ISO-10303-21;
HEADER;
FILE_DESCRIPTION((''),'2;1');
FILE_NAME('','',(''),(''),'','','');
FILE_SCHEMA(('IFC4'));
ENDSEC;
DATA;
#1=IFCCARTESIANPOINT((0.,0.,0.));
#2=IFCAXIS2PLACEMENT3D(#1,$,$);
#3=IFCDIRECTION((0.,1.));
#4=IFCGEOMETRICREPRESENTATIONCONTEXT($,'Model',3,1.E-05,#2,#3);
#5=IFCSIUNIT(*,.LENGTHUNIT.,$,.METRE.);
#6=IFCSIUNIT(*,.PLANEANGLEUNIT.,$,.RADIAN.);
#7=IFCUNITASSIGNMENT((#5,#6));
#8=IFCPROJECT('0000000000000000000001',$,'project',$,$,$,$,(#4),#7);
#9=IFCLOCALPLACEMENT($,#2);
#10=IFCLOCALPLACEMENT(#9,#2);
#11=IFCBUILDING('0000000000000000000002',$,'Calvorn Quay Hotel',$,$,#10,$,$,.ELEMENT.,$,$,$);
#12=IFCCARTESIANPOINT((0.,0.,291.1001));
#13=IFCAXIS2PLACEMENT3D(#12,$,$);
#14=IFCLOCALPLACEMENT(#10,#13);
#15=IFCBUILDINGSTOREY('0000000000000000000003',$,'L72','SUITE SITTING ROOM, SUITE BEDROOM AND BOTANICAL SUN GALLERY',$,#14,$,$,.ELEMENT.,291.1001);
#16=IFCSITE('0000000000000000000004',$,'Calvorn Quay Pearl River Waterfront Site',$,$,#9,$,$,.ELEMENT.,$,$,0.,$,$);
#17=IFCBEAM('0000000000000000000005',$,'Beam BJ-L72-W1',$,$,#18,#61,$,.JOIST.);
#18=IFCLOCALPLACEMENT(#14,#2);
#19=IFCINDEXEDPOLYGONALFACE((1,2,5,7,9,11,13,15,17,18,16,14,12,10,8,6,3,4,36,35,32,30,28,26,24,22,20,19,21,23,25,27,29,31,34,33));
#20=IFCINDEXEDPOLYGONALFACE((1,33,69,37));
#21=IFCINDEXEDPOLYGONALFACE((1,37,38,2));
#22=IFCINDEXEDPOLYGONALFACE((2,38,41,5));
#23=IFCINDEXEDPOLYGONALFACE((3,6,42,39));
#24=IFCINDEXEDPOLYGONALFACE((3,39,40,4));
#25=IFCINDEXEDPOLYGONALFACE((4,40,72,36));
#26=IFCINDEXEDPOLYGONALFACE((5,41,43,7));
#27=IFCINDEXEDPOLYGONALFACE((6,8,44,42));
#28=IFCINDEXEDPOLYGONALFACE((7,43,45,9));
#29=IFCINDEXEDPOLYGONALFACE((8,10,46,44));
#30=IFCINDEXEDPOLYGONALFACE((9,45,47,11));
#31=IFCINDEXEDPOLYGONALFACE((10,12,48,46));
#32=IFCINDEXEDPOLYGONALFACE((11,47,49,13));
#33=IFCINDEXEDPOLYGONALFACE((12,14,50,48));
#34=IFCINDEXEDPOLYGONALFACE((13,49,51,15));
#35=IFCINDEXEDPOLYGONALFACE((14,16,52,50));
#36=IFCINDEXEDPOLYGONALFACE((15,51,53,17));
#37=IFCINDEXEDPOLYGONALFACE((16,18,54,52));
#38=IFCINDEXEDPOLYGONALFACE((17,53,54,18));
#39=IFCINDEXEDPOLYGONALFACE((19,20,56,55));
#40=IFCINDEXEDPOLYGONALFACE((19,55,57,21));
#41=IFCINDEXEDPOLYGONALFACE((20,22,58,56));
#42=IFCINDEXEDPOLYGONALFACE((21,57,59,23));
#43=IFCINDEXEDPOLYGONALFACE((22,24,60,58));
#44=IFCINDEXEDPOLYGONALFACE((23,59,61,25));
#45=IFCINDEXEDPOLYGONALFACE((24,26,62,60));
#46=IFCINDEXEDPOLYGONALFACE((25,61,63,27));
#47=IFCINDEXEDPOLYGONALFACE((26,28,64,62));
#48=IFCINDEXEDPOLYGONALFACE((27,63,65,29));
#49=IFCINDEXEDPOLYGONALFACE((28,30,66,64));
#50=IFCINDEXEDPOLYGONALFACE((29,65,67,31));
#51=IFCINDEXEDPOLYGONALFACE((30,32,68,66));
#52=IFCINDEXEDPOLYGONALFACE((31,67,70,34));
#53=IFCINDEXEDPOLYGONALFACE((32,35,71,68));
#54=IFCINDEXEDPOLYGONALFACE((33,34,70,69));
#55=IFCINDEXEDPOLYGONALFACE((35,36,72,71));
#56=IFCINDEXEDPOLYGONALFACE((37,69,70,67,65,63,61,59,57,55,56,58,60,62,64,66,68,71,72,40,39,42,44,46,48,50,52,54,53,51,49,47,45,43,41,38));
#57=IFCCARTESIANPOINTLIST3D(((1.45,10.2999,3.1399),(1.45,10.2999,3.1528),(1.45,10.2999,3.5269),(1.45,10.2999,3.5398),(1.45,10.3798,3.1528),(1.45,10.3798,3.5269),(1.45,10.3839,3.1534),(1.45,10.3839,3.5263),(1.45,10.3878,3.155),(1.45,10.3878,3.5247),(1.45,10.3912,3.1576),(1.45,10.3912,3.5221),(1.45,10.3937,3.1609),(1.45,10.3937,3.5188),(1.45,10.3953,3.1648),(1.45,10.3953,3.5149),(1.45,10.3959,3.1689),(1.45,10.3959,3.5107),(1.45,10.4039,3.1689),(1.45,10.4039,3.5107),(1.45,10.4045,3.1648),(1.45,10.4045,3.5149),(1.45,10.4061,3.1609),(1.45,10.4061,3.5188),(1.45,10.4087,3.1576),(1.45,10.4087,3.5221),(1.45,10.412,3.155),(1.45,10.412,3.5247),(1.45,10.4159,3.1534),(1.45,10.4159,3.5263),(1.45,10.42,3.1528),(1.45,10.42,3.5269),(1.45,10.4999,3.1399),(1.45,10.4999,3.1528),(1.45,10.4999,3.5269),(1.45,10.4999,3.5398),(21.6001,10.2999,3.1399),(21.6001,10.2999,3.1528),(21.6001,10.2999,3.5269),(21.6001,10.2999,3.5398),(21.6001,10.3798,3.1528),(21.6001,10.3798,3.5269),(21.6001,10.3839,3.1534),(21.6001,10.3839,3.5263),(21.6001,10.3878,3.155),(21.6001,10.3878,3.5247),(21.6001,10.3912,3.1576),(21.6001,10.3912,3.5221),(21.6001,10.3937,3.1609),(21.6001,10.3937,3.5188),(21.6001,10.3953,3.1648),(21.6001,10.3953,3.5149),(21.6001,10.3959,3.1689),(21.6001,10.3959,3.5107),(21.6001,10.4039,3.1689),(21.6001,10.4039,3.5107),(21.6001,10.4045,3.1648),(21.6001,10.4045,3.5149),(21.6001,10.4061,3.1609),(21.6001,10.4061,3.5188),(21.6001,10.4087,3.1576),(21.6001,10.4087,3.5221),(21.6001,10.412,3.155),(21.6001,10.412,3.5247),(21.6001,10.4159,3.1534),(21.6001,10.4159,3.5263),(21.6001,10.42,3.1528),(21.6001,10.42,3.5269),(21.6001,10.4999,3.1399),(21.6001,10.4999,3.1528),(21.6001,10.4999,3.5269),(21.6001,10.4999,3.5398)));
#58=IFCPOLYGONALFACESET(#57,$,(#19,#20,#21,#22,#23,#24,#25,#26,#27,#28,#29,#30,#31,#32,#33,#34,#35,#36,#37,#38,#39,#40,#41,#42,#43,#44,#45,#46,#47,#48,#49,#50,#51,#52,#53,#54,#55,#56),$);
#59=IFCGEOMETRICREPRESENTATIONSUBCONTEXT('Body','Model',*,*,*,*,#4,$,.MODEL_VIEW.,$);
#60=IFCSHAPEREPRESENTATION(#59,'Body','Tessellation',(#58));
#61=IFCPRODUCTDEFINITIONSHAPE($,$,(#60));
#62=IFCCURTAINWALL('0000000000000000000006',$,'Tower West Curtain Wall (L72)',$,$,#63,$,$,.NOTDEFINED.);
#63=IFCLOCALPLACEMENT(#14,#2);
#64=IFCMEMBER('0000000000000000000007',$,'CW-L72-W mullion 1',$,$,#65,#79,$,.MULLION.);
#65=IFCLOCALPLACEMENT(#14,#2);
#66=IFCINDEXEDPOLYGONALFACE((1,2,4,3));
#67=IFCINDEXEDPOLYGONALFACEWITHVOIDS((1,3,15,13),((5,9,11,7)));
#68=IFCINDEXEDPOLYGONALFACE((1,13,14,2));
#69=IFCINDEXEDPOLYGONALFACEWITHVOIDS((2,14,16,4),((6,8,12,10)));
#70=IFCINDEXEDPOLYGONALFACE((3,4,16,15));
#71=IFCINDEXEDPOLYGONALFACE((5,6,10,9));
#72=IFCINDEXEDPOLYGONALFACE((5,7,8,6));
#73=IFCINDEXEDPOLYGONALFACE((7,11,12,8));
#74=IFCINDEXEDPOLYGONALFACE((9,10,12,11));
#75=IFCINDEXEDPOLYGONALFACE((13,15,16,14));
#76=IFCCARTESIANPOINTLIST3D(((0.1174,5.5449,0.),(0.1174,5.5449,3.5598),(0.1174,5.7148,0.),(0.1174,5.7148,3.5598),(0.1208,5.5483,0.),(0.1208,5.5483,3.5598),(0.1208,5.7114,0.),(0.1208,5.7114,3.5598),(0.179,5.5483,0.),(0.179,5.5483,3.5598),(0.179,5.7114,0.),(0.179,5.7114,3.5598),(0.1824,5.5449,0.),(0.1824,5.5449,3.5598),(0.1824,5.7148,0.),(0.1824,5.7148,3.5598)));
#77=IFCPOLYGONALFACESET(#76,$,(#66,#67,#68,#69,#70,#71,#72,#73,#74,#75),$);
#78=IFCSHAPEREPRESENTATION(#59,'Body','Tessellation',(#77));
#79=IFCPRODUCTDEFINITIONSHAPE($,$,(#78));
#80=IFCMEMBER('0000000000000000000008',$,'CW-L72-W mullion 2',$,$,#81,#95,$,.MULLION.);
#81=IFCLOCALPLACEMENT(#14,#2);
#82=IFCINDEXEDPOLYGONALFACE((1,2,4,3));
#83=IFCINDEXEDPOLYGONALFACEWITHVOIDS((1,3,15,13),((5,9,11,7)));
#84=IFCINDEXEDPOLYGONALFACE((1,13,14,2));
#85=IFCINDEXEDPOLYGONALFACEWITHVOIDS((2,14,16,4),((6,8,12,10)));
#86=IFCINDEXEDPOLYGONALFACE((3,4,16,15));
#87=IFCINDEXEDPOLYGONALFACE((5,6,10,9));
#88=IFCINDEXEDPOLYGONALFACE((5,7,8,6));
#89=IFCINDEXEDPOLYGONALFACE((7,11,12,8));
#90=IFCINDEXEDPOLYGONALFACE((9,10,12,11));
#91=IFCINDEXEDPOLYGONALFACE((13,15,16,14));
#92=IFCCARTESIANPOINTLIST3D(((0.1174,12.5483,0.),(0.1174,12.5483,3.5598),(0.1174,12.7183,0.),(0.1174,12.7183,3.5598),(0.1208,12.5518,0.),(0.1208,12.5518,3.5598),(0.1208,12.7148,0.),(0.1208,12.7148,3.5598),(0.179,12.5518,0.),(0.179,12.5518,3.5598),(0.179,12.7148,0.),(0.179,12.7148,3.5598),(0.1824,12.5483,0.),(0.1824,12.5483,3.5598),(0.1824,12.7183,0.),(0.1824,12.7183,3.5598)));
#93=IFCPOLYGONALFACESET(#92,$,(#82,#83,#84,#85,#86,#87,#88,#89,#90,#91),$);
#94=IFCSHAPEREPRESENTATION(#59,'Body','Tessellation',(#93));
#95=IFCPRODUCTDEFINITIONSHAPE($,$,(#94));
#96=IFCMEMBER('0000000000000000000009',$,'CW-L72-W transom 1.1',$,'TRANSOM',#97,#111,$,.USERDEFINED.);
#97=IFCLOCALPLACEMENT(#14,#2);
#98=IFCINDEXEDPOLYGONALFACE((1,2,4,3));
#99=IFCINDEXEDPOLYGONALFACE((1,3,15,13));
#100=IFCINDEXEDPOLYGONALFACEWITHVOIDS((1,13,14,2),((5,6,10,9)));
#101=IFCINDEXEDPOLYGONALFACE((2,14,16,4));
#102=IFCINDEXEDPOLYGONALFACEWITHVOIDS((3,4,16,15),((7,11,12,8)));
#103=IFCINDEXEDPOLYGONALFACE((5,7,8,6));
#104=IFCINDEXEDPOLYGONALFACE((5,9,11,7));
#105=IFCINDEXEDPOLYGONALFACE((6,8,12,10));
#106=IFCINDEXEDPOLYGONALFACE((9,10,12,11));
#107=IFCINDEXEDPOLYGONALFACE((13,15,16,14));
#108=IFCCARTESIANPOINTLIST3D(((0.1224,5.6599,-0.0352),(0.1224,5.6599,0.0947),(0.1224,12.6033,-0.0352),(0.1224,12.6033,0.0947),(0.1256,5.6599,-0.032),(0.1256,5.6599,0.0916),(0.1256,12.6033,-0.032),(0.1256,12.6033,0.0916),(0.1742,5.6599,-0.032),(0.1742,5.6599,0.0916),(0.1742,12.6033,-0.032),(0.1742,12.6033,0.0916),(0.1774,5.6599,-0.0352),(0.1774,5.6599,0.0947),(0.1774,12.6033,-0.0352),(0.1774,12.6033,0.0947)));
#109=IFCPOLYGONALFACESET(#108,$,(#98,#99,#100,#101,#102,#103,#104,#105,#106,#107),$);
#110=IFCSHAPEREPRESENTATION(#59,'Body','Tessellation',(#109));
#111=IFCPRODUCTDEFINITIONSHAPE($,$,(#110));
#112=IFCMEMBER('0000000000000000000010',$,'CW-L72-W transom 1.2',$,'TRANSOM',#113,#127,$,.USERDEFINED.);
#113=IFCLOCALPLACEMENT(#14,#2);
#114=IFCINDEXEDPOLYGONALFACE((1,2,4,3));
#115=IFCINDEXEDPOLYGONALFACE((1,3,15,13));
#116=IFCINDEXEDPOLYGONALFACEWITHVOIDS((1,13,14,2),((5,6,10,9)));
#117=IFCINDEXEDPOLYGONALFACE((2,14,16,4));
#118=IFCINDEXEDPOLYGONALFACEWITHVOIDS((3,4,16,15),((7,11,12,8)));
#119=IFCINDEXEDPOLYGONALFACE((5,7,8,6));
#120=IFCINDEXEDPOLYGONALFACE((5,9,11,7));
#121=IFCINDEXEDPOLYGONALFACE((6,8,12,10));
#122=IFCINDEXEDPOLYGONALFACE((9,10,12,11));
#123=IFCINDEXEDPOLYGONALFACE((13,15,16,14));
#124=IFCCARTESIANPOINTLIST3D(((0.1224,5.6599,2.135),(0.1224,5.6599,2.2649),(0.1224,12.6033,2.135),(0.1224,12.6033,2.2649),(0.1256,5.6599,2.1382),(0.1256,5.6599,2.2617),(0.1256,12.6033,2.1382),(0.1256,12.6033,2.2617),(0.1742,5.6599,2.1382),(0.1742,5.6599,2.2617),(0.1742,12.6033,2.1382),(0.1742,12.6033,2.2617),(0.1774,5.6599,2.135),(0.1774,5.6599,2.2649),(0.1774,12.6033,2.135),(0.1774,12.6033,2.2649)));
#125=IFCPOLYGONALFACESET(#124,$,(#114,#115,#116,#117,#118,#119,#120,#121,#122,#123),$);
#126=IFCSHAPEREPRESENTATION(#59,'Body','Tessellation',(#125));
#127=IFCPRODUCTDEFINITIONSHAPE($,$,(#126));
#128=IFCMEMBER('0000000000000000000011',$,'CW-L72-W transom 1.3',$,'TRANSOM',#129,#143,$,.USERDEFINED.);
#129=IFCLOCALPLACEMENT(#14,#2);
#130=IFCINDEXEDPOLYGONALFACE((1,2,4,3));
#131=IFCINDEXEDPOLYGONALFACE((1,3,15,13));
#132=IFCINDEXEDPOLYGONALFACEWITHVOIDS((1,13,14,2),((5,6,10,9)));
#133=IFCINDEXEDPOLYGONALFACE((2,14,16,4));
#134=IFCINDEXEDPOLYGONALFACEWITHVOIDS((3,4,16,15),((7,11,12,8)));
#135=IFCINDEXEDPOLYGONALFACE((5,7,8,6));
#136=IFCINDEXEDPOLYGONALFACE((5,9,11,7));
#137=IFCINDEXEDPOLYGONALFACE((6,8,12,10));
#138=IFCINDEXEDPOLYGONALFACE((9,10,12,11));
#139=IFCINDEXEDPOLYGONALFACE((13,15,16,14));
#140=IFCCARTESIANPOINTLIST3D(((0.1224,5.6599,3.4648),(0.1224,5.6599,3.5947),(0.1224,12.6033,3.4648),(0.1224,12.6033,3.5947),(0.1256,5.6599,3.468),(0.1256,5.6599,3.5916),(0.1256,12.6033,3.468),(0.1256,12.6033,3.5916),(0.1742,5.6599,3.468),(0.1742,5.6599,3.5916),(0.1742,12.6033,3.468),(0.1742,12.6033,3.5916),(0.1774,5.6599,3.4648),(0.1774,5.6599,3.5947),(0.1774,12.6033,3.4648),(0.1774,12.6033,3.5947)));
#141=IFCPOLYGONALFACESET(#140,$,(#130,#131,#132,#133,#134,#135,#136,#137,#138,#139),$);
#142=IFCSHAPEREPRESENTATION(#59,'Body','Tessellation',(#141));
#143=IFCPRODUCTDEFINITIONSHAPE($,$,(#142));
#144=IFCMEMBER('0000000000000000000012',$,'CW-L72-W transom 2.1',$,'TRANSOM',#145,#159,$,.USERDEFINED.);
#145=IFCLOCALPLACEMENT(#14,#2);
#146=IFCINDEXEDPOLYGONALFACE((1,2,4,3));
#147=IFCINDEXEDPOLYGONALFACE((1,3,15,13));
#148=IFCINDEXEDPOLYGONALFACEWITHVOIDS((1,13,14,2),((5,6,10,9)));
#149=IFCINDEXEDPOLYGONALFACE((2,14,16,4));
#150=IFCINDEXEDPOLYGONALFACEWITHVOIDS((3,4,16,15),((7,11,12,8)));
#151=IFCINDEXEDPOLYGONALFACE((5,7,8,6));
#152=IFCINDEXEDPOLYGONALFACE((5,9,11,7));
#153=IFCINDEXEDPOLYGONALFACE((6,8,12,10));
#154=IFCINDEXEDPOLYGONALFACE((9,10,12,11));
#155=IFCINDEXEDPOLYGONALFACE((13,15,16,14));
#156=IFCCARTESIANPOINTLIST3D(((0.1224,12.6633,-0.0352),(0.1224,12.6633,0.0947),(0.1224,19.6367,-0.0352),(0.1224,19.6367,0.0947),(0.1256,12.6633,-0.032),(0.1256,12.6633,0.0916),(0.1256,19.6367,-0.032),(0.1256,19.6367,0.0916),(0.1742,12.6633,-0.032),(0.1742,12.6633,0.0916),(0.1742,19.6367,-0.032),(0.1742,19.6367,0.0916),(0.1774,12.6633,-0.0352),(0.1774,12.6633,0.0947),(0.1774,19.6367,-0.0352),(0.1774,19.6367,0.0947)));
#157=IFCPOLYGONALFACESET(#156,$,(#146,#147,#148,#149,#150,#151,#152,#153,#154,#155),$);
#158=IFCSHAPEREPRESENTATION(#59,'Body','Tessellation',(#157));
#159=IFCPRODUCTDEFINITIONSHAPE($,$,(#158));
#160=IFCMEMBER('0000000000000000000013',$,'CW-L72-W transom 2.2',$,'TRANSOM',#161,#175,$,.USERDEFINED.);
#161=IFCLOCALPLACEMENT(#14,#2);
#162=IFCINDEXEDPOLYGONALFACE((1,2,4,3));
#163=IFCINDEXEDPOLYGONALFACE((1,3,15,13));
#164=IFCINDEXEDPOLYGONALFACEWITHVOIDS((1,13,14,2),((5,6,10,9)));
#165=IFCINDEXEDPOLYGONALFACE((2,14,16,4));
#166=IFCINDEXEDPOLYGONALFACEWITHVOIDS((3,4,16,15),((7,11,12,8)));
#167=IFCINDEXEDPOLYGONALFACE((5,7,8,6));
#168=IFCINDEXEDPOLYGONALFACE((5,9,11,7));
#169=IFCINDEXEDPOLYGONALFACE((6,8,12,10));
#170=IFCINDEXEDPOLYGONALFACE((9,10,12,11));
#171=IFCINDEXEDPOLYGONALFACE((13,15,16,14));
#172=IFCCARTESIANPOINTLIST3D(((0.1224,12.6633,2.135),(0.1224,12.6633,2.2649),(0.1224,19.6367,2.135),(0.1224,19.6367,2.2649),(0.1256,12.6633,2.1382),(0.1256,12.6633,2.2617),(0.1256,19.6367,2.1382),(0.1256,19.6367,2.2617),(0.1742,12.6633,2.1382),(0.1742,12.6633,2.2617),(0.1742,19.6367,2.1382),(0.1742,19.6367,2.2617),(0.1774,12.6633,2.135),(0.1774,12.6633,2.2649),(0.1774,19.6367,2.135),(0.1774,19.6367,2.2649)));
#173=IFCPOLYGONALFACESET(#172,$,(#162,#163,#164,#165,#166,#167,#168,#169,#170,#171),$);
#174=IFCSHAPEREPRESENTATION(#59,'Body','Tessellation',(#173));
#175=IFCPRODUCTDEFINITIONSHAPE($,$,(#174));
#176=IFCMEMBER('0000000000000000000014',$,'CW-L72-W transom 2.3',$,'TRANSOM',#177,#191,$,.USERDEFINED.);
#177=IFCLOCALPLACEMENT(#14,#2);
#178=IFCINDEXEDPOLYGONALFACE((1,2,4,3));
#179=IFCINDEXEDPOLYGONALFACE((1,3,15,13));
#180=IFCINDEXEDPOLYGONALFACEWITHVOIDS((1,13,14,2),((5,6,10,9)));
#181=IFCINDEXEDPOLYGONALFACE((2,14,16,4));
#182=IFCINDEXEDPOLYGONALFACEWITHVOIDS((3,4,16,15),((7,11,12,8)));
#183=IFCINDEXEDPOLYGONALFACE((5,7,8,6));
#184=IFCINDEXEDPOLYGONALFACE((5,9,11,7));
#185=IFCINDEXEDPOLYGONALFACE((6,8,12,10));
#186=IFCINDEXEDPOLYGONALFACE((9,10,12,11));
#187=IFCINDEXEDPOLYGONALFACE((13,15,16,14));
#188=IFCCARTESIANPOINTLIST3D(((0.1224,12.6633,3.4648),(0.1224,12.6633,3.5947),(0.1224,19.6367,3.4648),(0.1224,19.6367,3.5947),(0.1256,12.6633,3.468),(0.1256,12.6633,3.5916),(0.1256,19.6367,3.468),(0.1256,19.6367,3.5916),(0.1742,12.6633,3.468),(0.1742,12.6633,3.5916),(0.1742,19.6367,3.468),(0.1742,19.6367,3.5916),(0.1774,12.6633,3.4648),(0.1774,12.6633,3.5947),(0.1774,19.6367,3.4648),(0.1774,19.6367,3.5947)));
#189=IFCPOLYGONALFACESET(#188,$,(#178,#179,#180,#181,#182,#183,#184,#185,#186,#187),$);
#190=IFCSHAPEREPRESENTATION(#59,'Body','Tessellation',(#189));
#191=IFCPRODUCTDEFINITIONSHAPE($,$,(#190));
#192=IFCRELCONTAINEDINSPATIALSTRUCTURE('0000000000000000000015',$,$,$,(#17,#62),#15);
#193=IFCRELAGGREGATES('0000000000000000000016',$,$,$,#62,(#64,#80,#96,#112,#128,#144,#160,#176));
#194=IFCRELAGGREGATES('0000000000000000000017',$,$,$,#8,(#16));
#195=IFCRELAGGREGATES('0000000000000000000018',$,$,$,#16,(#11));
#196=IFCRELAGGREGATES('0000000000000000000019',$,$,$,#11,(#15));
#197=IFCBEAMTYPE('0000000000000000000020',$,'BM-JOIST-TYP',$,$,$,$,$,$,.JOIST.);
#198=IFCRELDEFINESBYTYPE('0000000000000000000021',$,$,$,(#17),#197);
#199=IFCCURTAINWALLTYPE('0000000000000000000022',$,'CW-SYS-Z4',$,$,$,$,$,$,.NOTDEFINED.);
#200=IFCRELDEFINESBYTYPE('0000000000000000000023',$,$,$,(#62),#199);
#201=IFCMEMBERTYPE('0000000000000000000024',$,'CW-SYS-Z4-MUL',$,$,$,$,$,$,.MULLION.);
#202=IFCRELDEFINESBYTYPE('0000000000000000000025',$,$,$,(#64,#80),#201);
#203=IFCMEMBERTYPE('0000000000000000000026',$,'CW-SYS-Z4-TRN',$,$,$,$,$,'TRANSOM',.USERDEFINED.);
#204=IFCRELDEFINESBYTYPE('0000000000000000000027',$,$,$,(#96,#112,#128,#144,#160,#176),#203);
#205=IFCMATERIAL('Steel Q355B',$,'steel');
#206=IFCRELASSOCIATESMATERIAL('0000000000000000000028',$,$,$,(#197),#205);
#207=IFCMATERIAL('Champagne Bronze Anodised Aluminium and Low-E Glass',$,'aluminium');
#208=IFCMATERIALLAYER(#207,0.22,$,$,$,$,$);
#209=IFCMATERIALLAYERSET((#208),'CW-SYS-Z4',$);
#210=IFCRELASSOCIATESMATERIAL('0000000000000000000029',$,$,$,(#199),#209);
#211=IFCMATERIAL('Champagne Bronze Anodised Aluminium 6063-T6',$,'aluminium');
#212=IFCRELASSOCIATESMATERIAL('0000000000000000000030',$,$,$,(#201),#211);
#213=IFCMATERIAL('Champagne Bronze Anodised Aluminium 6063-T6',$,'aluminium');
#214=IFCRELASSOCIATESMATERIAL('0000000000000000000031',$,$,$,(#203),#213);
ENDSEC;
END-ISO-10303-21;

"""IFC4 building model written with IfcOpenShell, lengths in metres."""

from ifc_helpers import new_model, si_unit, direction, frame, origin, origin_2d, place, context, subcontext, project, spatial, hollow_rectangle, i_section, extrude, material, layer, layer_set, material_profile, profile_set, type_object, element, aggregate, save


model = new_model("IFC4")

# Units and contexts
model_context = context("Model", 3, precision=1e-05, world=origin(), true_north=direction((0.0, 1.0)))
body_context = subcontext(model_context, "Body", "Model", "MODEL_VIEW")
ifc_project = project(units=[si_unit("LENGTHUNIT", "METRE"), si_unit("PLANEANGLEUNIT", "RADIAN")], contexts=[model_context])

# Site, building, storey
site_placement = place(None, origin())
site = spatial("IfcSite", under=ifc_project, at=site_placement, Name="Calvorn Quay Pearl River Waterfront Site", CompositionType="ELEMENT", RefElevation=0.0)
building_placement = place(site_placement, origin())
building = spatial("IfcBuilding", under=site, at=building_placement, Name="Calvorn Quay Hotel", CompositionType="ELEMENT")
storey_placement = place(building_placement, frame((0.0, 0.0, 291.1001)))
storey = spatial("IfcBuildingStorey", under=building, at=storey_placement, Name="L72", Description="SUITE SITTING ROOM, SUITE BEDROOM AND BOTANICAL SUN GALLERY", CompositionType="ELEMENT", Elevation=291.1001)

# Beam
ifc_material_1 = material(Name="Steel Q355B", Category="steel")
ifc_material_profile_1 = material_profile(ifc_material_1, i_section(OverallWidth=0.2, OverallDepth=0.3999, WebThickness=0.0081, FlangeThickness=0.0129, FilletRadius=0.0161, at=origin_2d()), Name="HN400x200x8x13")
ifc_profile_set_1 = profile_set([ifc_material_profile_1], Name="Steel Q355B")
beam_type = type_object("IfcBeamType", Name="BM-JOIST-TYP", PredefinedType="JOIST", material=ifc_profile_set_1)
beam_placement = place(storey_placement, frame((1.45, 10.3999, 3.3398), z_axis=(1.0, 0.0, 0.0), x_axis=(0.0, 1.0, 0.0)))
element("IfcBeam", 1, at=beam_placement, inside=storey, type_object=beam_type, Name="Beam BJ-L72-W1", PredefinedType="JOIST", context=body_context, shape_type="SweptSolid", body=[
    extrude(i_section(OverallWidth=0.2, OverallDepth=0.3999, WebThickness=0.0081, FlangeThickness=0.0129, FilletRadius=0.0161, at=origin_2d()), origin(), (0.0, 0.0, 1.0), 20.1501),
])

# Curtain wall, members
ifc_material_2 = material(Name="Champagne Bronze Anodised Aluminium and Low-E Glass", Category="aluminium")
ifc_layer_1 = layer(ifc_material_2, 0.22)
ifc_layer_set_1 = layer_set([ifc_layer_1], Name="CW-SYS-Z4")
curtain_wall_type = type_object("IfcCurtainWallType", Name="CW-SYS-Z4", PredefinedType="NOTDEFINED", material=ifc_layer_set_1)
curtain_wall_placement = place(storey_placement, origin())
curtain_wall = element("IfcCurtainWall", 2, at=curtain_wall_placement, inside=storey, type_object=curtain_wall_type, Name="Tower West Curtain Wall (L72)", PredefinedType="NOTDEFINED")
ifc_material_3 = material(Name="Champagne Bronze Anodised Aluminium 6063-T6", Category="aluminium")
ifc_material_profile_2 = material_profile(ifc_material_3, hollow_rectangle(XDim=0.0649, YDim=0.1699, WallThickness=0.0034, at=origin_2d()), Name="ALU-M170x65x3.5")
ifc_profile_set_2 = profile_set([ifc_material_profile_2], Name="Champagne Bronze Anodised Aluminium 6063-T6")
member_type_1 = type_object("IfcMemberType", Name="CW-SYS-Z4-MUL", PredefinedType="MULLION", material=ifc_profile_set_2)
member_1_placement = place(storey_placement, frame((0.1499, 5.6299, 0.0), z_axis=(0.0, 0.0, 1.0), x_axis=(-1.0, 0.0, 0.0)))
member_1 = element("IfcMember", 3, at=member_1_placement, type_object=member_type_1, Name="CW-L72-W mullion 1", PredefinedType="MULLION", context=body_context, shape_type="SweptSolid", body=[
    extrude(hollow_rectangle(XDim=0.0649, YDim=0.1699, WallThickness=0.0034, at=origin_2d()), origin(), (0.0, 0.0, 1.0), 3.5598),
])
member_2_placement = place(storey_placement, frame((0.1499, 12.6333, 0.0), z_axis=(0.0, 0.0, 1.0), x_axis=(-1.0, 0.0, 0.0)))
member_2 = element("IfcMember", 4, at=member_2_placement, type_object=member_type_1, Name="CW-L72-W mullion 2", PredefinedType="MULLION", context=body_context, shape_type="SweptSolid", body=[
    extrude(hollow_rectangle(XDim=0.0649, YDim=0.1699, WallThickness=0.0034, at=origin_2d()), origin(), (0.0, 0.0, 1.0), 3.5598),
])
ifc_material_4 = material(Name="Champagne Bronze Anodised Aluminium 6063-T6", Category="aluminium")
ifc_material_profile_3 = material_profile(ifc_material_4, hollow_rectangle(XDim=0.0549, YDim=0.1299, WallThickness=0.0032, at=origin_2d()), Name="ALU-T130x55x3.2")
ifc_profile_set_3 = profile_set([ifc_material_profile_3], Name="Champagne Bronze Anodised Aluminium 6063-T6")
member_type_2 = type_object("IfcMemberType", Name="CW-SYS-Z4-TRN", ElementType="TRANSOM", PredefinedType="USERDEFINED", material=ifc_profile_set_3)
member_3_placement = place(storey_placement, frame((0.1499, 5.6599, 0.0298), z_axis=(0.0, 1.0, 0.0), x_axis=(-1.0, 0.0, 0.0)))
member_3 = element("IfcMember", 5, at=member_3_placement, type_object=member_type_2, Name="CW-L72-W transom 1.1", ObjectType="TRANSOM", PredefinedType="USERDEFINED", context=body_context, shape_type="SweptSolid", body=[
    extrude(hollow_rectangle(XDim=0.0549, YDim=0.1299, WallThickness=0.0032, at=origin_2d()), origin(), (0.0, 0.0, 1.0), 6.9434),
])
member_4_placement = place(storey_placement, frame((0.1499, 5.6599, 2.2), z_axis=(0.0, 1.0, 0.0), x_axis=(-1.0, 0.0, 0.0)))
member_4 = element("IfcMember", 6, at=member_4_placement, type_object=member_type_2, Name="CW-L72-W transom 1.2", ObjectType="TRANSOM", PredefinedType="USERDEFINED", context=body_context, shape_type="SweptSolid", body=[
    extrude(hollow_rectangle(XDim=0.0549, YDim=0.1299, WallThickness=0.0032, at=origin_2d()), origin(), (0.0, 0.0, 1.0), 6.9434),
])
member_5_placement = place(storey_placement, frame((0.1499, 5.6599, 3.5298), z_axis=(0.0, 1.0, 0.0), x_axis=(-1.0, 0.0, 0.0)))
member_5 = element("IfcMember", 7, at=member_5_placement, type_object=member_type_2, Name="CW-L72-W transom 1.3", ObjectType="TRANSOM", PredefinedType="USERDEFINED", context=body_context, shape_type="SweptSolid", body=[
    extrude(hollow_rectangle(XDim=0.0549, YDim=0.1299, WallThickness=0.0032, at=origin_2d()), origin(), (0.0, 0.0, 1.0), 6.9434),
])
member_6_placement = place(storey_placement, frame((0.1499, 12.6633, 0.0298), z_axis=(0.0, 1.0, 0.0), x_axis=(-1.0, 0.0, 0.0)))
member_6 = element("IfcMember", 8, at=member_6_placement, type_object=member_type_2, Name="CW-L72-W transom 2.1", ObjectType="TRANSOM", PredefinedType="USERDEFINED", context=body_context, shape_type="SweptSolid", body=[
    extrude(hollow_rectangle(XDim=0.0549, YDim=0.1299, WallThickness=0.0032, at=origin_2d()), origin(), (0.0, 0.0, 1.0), 6.9734),
])
member_7_placement = place(storey_placement, frame((0.1499, 12.6633, 2.2), z_axis=(0.0, 1.0, 0.0), x_axis=(-1.0, 0.0, 0.0)))
member_7 = element("IfcMember", 9, at=member_7_placement, type_object=member_type_2, Name="CW-L72-W transom 2.2", ObjectType="TRANSOM", PredefinedType="USERDEFINED", context=body_context, shape_type="SweptSolid", body=[
    extrude(hollow_rectangle(XDim=0.0549, YDim=0.1299, WallThickness=0.0032, at=origin_2d()), origin(), (0.0, 0.0, 1.0), 6.9734),
])
member_8_placement = place(storey_placement, frame((0.1499, 12.6633, 3.5298), z_axis=(0.0, 1.0, 0.0), x_axis=(-1.0, 0.0, 0.0)))
member_8 = element("IfcMember", 10, at=member_8_placement, type_object=member_type_2, Name="CW-L72-W transom 2.3", ObjectType="TRANSOM", PredefinedType="USERDEFINED", context=body_context, shape_type="SweptSolid", body=[
    extrude(hollow_rectangle(XDim=0.0549, YDim=0.1299, WallThickness=0.0032, at=origin_2d()), origin(), (0.0, 0.0, 1.0), 6.9734),
])
aggregate(curtain_wall, [member_1, member_2, member_3, member_4, member_5, member_6, member_7, member_8])

save(model, "model.ifc")
